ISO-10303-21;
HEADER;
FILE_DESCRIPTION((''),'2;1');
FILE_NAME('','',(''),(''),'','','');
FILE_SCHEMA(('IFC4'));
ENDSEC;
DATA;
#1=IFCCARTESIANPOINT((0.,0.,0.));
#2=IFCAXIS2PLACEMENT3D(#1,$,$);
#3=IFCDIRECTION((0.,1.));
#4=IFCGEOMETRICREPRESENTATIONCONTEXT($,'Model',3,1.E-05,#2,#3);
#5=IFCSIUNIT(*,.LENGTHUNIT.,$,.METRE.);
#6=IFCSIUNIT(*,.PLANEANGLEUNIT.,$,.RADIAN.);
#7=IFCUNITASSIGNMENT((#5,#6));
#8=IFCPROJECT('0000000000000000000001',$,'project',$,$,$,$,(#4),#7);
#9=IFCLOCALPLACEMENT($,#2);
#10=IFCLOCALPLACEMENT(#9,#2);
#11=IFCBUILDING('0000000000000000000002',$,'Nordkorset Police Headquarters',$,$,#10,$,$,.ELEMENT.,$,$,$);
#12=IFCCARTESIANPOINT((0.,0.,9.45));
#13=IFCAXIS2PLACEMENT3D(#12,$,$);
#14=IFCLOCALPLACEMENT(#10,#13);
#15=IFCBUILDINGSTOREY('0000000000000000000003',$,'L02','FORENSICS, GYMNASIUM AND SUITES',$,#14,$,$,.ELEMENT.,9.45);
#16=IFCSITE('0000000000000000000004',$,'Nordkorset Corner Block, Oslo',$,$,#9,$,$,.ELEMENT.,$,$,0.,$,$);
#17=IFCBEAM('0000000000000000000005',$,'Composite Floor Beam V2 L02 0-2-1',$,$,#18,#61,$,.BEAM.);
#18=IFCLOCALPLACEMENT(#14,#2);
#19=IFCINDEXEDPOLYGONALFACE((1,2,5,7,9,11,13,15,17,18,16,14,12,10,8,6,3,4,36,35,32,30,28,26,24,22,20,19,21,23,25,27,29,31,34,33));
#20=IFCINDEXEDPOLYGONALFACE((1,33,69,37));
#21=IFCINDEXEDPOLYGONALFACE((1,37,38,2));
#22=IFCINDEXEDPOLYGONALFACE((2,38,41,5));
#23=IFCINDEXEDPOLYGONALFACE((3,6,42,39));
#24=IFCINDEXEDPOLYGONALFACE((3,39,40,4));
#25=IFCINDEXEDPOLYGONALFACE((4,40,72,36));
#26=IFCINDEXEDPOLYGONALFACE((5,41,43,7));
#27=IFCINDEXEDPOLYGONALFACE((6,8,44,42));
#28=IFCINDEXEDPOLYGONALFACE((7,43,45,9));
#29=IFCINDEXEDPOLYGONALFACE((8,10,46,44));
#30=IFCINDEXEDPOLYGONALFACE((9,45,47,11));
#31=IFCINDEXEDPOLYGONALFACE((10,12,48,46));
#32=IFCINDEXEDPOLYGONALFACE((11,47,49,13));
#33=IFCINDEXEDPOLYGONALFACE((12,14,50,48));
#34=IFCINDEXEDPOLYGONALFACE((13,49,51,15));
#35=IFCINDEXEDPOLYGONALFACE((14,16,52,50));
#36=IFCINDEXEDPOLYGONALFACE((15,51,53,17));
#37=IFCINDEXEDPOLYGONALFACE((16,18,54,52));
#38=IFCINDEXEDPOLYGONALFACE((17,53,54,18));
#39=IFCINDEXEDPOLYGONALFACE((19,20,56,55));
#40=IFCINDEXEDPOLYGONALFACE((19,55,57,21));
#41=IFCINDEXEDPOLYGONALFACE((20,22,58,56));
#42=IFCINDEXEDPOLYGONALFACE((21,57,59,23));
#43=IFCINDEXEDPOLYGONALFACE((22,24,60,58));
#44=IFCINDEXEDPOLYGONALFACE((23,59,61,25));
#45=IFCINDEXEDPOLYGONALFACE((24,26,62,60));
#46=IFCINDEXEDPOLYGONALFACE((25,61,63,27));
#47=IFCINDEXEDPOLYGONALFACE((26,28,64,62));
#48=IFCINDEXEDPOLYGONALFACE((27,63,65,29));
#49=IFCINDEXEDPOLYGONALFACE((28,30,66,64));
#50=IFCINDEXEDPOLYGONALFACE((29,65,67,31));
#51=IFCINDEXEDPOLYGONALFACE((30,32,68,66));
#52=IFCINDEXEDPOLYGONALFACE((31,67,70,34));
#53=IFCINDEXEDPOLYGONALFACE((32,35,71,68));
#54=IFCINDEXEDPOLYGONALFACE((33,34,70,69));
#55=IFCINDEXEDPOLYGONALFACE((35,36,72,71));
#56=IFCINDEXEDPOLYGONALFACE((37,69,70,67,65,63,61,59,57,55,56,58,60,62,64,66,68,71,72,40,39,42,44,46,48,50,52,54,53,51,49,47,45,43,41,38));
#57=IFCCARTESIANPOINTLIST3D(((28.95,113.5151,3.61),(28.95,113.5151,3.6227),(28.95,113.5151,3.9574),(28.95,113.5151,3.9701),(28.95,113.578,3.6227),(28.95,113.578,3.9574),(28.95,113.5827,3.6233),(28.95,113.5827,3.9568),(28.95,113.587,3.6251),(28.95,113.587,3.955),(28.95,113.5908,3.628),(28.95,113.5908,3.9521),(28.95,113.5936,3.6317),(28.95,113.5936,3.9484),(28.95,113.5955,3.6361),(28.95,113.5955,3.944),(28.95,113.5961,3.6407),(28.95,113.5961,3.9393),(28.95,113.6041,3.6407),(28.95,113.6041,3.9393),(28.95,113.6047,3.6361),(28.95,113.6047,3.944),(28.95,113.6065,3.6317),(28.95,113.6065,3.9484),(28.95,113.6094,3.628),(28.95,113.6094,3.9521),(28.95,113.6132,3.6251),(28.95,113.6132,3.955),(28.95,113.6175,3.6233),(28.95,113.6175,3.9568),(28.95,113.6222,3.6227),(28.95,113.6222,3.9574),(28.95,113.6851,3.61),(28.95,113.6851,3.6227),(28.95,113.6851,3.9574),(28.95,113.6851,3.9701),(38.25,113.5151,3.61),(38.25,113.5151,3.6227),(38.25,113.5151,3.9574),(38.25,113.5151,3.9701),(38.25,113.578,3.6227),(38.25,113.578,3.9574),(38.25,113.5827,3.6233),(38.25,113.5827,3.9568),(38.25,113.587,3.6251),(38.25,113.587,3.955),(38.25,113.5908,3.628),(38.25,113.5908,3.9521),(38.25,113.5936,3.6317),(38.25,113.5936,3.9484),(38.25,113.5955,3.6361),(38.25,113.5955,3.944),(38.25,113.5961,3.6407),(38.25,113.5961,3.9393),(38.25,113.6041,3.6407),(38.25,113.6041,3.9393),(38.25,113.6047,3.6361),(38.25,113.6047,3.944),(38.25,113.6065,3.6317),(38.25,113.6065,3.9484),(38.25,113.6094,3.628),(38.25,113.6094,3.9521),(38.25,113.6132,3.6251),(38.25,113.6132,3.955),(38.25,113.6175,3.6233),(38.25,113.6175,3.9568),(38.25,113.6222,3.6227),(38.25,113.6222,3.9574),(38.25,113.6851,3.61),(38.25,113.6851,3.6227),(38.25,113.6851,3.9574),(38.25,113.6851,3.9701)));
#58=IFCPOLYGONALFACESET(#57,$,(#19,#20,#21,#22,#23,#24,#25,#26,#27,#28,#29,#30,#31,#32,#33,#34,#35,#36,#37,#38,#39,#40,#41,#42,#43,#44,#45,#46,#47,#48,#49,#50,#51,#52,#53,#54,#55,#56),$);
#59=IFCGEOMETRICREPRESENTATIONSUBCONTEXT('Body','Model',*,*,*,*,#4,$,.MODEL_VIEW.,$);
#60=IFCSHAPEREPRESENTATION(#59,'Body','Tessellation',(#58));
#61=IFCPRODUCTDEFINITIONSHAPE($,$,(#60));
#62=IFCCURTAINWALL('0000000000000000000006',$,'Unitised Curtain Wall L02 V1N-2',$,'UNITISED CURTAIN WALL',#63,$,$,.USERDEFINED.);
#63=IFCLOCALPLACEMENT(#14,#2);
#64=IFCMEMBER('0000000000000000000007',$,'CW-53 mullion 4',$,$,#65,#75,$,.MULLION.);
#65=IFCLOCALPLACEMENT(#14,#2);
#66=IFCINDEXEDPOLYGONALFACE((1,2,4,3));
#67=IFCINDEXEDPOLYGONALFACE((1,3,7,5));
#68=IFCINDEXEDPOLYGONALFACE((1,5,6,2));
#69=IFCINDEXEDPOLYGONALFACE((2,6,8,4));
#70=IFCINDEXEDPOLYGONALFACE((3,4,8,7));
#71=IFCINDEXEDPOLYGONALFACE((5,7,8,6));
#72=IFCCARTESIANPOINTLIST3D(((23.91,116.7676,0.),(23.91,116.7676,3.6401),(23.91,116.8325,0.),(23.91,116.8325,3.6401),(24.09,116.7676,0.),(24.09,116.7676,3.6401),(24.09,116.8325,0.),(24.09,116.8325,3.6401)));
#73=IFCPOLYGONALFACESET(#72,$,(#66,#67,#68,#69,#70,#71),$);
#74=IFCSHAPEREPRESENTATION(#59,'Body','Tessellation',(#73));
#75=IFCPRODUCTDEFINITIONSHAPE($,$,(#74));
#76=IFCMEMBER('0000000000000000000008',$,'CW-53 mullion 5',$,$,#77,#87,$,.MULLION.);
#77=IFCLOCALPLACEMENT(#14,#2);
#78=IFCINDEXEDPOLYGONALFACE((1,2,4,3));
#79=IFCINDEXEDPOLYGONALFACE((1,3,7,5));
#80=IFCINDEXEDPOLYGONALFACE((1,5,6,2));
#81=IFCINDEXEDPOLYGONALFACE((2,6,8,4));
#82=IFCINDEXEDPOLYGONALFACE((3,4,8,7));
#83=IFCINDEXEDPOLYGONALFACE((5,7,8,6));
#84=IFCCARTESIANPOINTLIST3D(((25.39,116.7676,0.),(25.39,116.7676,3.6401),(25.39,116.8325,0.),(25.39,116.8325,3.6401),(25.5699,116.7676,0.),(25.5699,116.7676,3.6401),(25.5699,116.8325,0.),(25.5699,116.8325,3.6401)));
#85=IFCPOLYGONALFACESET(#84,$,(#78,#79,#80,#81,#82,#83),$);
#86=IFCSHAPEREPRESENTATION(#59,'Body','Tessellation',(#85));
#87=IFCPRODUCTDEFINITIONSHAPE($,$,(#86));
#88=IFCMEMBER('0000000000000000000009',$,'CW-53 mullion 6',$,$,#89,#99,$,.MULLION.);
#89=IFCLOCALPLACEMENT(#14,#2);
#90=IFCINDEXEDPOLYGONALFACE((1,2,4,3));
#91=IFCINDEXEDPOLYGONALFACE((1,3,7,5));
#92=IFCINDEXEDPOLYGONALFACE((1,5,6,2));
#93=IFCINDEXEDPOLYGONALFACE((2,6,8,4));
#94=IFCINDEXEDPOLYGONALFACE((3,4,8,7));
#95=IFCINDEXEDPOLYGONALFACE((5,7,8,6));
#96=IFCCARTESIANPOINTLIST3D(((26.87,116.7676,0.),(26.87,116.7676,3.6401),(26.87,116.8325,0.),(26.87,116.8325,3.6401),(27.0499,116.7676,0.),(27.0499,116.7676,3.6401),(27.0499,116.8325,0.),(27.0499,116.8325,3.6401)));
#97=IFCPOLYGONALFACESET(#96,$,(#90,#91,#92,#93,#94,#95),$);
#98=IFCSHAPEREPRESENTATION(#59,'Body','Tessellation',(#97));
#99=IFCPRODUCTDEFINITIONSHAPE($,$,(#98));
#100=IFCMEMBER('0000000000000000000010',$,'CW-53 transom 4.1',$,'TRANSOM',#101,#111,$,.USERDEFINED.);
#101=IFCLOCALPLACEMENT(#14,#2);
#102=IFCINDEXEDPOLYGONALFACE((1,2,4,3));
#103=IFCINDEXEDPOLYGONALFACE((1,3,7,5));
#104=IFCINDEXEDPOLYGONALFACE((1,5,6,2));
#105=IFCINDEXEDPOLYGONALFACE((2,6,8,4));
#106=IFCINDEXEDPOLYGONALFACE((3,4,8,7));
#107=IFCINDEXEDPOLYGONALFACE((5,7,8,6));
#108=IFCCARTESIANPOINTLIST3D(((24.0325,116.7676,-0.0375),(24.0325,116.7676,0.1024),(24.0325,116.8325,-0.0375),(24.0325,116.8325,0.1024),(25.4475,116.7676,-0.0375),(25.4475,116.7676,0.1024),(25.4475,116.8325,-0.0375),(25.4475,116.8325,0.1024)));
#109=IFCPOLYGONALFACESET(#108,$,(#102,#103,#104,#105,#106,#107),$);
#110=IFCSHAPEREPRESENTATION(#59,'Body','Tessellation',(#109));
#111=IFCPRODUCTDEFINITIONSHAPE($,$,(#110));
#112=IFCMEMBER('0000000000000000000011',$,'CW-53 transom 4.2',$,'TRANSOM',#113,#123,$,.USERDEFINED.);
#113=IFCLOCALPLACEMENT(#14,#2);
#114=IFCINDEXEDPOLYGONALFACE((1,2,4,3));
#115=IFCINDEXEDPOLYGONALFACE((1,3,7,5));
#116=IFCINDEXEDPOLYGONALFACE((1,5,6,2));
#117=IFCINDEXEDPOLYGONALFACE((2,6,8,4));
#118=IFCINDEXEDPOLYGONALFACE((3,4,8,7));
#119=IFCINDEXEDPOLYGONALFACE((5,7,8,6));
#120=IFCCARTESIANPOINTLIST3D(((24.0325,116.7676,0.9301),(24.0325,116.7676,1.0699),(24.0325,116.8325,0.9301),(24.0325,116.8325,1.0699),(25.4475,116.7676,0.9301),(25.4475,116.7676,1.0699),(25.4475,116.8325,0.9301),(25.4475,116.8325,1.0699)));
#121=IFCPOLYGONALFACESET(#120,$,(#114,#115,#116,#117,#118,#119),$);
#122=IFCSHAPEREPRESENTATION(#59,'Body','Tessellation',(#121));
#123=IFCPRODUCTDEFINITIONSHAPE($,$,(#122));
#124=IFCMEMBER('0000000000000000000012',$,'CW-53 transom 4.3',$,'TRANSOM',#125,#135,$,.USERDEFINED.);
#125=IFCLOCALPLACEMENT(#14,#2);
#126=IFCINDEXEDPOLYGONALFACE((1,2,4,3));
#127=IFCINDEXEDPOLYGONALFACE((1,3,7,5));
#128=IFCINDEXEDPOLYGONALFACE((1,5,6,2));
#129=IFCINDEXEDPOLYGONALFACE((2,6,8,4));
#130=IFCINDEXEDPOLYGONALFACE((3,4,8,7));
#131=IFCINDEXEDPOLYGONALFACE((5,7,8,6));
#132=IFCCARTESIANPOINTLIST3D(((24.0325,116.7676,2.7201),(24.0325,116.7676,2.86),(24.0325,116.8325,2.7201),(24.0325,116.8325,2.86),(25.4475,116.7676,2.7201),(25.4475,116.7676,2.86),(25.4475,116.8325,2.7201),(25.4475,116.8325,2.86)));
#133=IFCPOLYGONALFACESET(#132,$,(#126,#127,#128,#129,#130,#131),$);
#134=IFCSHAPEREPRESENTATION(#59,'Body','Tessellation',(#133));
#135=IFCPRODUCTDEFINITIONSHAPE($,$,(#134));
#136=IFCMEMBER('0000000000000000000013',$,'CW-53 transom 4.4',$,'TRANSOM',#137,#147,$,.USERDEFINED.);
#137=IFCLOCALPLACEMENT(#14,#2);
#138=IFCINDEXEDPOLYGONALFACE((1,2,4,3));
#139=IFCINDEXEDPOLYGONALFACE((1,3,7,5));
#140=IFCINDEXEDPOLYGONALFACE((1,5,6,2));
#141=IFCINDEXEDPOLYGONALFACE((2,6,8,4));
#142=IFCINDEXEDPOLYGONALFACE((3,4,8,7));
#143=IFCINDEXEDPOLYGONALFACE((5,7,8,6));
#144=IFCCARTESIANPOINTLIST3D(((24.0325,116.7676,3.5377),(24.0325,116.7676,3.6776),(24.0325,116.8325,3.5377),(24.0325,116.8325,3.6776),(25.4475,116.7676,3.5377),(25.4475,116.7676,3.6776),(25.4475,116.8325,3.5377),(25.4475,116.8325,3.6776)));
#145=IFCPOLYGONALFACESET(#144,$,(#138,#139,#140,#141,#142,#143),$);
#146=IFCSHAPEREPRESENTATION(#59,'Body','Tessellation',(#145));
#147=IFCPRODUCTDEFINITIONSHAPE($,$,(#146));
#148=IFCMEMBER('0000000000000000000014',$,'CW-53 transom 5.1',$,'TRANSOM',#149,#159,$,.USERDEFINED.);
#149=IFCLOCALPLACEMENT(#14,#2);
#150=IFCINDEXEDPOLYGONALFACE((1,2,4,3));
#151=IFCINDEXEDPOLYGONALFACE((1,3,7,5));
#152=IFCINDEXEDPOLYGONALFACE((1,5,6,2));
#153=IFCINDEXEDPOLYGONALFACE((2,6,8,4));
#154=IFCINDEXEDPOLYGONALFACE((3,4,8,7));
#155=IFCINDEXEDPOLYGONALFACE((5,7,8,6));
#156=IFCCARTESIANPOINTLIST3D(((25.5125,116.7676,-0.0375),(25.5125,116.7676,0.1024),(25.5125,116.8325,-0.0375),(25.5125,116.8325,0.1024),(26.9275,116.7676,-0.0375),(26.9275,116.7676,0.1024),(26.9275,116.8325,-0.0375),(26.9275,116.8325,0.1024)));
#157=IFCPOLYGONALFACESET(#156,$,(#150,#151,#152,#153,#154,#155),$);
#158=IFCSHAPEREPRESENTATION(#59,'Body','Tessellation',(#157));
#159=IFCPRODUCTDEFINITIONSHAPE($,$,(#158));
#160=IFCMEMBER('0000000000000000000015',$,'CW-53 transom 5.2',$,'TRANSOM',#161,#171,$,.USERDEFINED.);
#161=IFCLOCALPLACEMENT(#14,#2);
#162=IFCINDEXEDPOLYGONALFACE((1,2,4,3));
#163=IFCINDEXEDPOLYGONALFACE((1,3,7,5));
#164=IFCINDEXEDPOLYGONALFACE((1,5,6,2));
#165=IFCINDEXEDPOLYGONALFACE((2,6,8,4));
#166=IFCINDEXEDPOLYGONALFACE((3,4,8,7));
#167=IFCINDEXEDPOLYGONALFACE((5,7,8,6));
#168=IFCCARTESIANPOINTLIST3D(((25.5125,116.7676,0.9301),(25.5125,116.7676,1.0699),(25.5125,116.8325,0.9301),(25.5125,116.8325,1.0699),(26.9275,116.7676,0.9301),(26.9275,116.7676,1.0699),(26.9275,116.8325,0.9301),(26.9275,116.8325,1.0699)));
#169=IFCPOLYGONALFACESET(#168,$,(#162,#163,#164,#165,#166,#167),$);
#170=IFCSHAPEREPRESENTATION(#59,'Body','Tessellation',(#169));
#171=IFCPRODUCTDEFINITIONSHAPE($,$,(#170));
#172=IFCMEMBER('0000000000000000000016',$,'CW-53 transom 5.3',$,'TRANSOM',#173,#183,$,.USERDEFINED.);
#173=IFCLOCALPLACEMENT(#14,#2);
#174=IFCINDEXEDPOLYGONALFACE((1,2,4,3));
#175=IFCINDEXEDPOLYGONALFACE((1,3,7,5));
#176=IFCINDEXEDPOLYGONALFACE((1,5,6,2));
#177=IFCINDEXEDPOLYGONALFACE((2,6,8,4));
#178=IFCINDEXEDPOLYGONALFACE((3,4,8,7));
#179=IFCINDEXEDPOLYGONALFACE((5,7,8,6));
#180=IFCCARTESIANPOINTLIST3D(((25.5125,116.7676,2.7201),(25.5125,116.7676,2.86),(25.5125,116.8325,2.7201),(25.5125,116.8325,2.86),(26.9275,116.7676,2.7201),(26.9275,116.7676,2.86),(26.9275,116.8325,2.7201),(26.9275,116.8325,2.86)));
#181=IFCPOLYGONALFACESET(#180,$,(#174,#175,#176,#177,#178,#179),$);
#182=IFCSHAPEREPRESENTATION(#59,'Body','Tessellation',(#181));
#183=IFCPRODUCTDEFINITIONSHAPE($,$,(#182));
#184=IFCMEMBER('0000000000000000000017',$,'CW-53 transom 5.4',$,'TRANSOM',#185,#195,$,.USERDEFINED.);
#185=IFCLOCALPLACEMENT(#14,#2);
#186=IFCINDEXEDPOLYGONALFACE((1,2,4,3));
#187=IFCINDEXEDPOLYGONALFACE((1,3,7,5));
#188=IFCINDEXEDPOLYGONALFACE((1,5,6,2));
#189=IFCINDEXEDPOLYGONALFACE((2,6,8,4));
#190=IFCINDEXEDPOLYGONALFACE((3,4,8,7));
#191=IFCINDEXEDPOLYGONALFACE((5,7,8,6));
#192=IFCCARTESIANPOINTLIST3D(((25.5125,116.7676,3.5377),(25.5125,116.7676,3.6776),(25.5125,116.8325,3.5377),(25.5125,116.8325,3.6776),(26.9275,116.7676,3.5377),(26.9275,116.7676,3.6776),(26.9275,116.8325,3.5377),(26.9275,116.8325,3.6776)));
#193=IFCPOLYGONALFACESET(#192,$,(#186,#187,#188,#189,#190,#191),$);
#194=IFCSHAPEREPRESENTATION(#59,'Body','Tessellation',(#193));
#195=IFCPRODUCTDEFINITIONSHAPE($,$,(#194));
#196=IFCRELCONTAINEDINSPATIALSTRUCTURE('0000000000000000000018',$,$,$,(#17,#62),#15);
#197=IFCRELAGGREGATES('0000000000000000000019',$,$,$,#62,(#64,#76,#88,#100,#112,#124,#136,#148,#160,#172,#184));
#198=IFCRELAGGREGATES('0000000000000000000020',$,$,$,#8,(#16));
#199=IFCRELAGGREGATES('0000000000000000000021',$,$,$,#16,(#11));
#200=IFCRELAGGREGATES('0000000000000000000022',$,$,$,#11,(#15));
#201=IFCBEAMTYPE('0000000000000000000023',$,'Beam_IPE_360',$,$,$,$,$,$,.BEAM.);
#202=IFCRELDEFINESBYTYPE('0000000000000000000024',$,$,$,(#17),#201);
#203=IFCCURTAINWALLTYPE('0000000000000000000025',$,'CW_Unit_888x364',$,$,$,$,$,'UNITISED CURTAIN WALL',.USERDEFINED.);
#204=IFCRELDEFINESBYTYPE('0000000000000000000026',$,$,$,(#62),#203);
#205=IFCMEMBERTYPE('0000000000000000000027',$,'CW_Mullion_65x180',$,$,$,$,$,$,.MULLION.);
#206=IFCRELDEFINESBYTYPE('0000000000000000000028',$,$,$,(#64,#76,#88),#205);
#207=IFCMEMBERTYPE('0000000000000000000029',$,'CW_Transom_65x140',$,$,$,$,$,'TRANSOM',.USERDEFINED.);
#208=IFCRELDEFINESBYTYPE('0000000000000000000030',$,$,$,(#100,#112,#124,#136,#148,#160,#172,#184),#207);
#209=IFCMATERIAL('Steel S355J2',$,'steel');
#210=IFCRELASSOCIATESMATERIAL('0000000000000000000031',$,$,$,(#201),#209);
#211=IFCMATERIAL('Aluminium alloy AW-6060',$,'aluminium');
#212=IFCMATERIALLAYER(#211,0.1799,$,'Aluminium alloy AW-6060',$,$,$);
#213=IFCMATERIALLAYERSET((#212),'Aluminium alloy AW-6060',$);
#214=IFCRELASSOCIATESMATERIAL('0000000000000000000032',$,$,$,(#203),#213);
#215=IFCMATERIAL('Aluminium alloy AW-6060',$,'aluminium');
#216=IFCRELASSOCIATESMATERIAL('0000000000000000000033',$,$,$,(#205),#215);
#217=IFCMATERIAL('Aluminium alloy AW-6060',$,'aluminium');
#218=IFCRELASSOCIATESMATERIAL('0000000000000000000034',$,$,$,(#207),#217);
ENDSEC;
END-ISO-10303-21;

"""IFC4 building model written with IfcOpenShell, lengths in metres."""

from ifc_helpers import new_model, si_unit, direction, frame, origin, origin_2d, place, context, subcontext, project, spatial, rectangle, i_section, extrude, material, layer, layer_set, material_profile, profile_set, type_object, element, aggregate, save


model = new_model("IFC4")

# Units and contexts
model_context = context("Model", 3, precision=1e-05, world=origin(), true_north=direction((0.0, 1.0)))
body_context = subcontext(model_context, "Body", "Model", "MODEL_VIEW")
ifc_project = project(units=[si_unit("LENGTHUNIT", "METRE"), si_unit("PLANEANGLEUNIT", "RADIAN")], contexts=[model_context])

# Site, building, storey
site_placement = place(None, origin())
site = spatial("IfcSite", under=ifc_project, at=site_placement, Name="Nordkorset Corner Block, Oslo", CompositionType="ELEMENT", RefElevation=0.0)
building_placement = place(site_placement, origin())
building = spatial("IfcBuilding", under=site, at=building_placement, Name="Nordkorset Police Headquarters", CompositionType="ELEMENT")
storey_placement = place(building_placement, frame((0.0, 0.0, 9.45)))
storey = spatial("IfcBuildingStorey", under=building, at=storey_placement, Name="L02", Description="FORENSICS, GYMNASIUM AND SUITES", CompositionType="ELEMENT", Elevation=9.45)

# Beam
ifc_material_1 = material(Name="Steel S355J2", Category="steel")
ifc_material_profile_1 = material_profile(ifc_material_1, i_section(OverallWidth=0.1699, OverallDepth=0.3601, WebThickness=0.0081, FlangeThickness=0.0127, FilletRadius=0.0181, at=origin_2d()), Name="IPE 360")
ifc_profile_set_1 = profile_set([ifc_material_profile_1], Name="Steel S355J2")
beam_type_1 = type_object("IfcBeamType", Name="Beam_IPE_360", PredefinedType="BEAM", material=ifc_profile_set_1)
beam_1_placement = place(storey_placement, frame((28.95, 113.6001, 3.79), z_axis=(1.0, 0.0, 0.0), x_axis=(0.0, 1.0, 0.0)))
element("IfcBeam", 1, at=beam_1_placement, inside=storey, type_object=beam_type_1, Name="Composite Floor Beam V2 L02 0-2-1", PredefinedType="BEAM", context=body_context, shape_type="SweptSolid", body=[
    extrude(i_section(OverallWidth=0.1699, OverallDepth=0.3601, WebThickness=0.0081, FlangeThickness=0.0127, FilletRadius=0.0181, at=origin_2d()), origin(), (0.0, 0.0, 1.0), 9.3),
])

# Curtain wall, members
ifc_material_2 = material(Name="Aluminium alloy AW-6060", Category="aluminium")
ifc_layer_1 = layer(ifc_material_2, 0.1799, Name="Aluminium alloy AW-6060")
ifc_layer_set_1 = layer_set([ifc_layer_1], Name="Aluminium alloy AW-6060")
curtain_wall_type = type_object("IfcCurtainWallType", Name="CW_Unit_888x364", ElementType="UNITISED CURTAIN WALL", PredefinedType="USERDEFINED", material=ifc_layer_set_1)
curtain_wall_placement = place(storey_placement, origin())
curtain_wall = element("IfcCurtainWall", 2, at=curtain_wall_placement, inside=storey, type_object=curtain_wall_type, Name="Unitised Curtain Wall L02 V1N-2", ObjectType="UNITISED CURTAIN WALL", PredefinedType="USERDEFINED")
ifc_material_3 = material(Name="Aluminium alloy AW-6060", Category="aluminium")
ifc_material_profile_2 = material_profile(ifc_material_3, rectangle(XDim=0.0649, YDim=0.1799, at=origin_2d()), Name="ALU MULL 65x180")
ifc_profile_set_2 = profile_set([ifc_material_profile_2], Name="Aluminium alloy AW-6060")
member_type_1 = type_object("IfcMemberType", Name="CW_Mullion_65x180", PredefinedType="MULLION", material=ifc_profile_set_2)
member_1_placement = place(storey_placement, frame((24.0, 116.8, 0.0), z_axis=(0.0, 0.0, 1.0), x_axis=(0.0, 1.0, 0.0)))
member_1 = element("IfcMember", 3, at=member_1_placement, type_object=member_type_1, Name="CW-53 mullion 4", PredefinedType="MULLION", context=body_context, shape_type="SweptSolid", body=[
    extrude(rectangle(XDim=0.0649, YDim=0.1799, at=origin_2d()), origin(), (0.0, 0.0, 1.0), 3.6401),
])
member_2_placement = place(storey_placement, frame((25.48, 116.8, 0.0), z_axis=(0.0, 0.0, 1.0), x_axis=(0.0, 1.0, 0.0)))
member_2 = element("IfcMember", 4, at=member_2_placement, type_object=member_type_1, Name="CW-53 mullion 5", PredefinedType="MULLION", context=body_context, shape_type="SweptSolid", body=[
    extrude(rectangle(XDim=0.0649, YDim=0.1799, at=origin_2d()), origin(), (0.0, 0.0, 1.0), 3.6401),
])
member_3_placement = place(storey_placement, frame((26.96, 116.8, 0.0), z_axis=(0.0, 0.0, 1.0), x_axis=(0.0, 1.0, 0.0)))
member_3 = element("IfcMember", 5, at=member_3_placement, type_object=member_type_1, Name="CW-53 mullion 6", PredefinedType="MULLION", context=body_context, shape_type="SweptSolid", body=[
    extrude(rectangle(XDim=0.0649, YDim=0.1799, at=origin_2d()), origin(), (0.0, 0.0, 1.0), 3.6401),
])
ifc_material_4 = material(Name="Aluminium alloy AW-6060", Category="aluminium")
ifc_material_profile_3 = material_profile(ifc_material_4, rectangle(XDim=0.0649, YDim=0.1399, at=origin_2d()), Name="ALU TRAN 65x140")
ifc_profile_set_3 = profile_set([ifc_material_profile_3], Name="Aluminium alloy AW-6060")
member_type_2 = type_object("IfcMemberType", Name="CW_Transom_65x140", ElementType="TRANSOM", PredefinedType="USERDEFINED", material=ifc_profile_set_3)
member_4_placement = place(storey_placement, frame((24.0325, 116.8, 0.0325), z_axis=(1.0, 0.0, 0.0), x_axis=(0.0, 1.0, 0.0)))
member_4 = element("IfcMember", 6, at=member_4_placement, type_object=member_type_2, Name="CW-53 transom 4.1", ObjectType="TRANSOM", PredefinedType="USERDEFINED", context=body_context, shape_type="SweptSolid", body=[
    extrude(rectangle(XDim=0.0649, YDim=0.1399, at=origin_2d()), origin(), (0.0, 0.0, 1.0), 1.415),
])
member_5_placement = place(storey_placement, frame((24.0325, 116.8, 1.0), z_axis=(1.0, 0.0, 0.0), x_axis=(0.0, 1.0, 0.0)))
member_5 = element("IfcMember", 7, at=member_5_placement, type_object=member_type_2, Name="CW-53 transom 4.2", ObjectType="TRANSOM", PredefinedType="USERDEFINED", context=body_context, shape_type="SweptSolid", body=[
    extrude(rectangle(XDim=0.0649, YDim=0.1399, at=origin_2d()), origin(), (0.0, 0.0, 1.0), 1.415),
])
member_6_placement = place(storey_placement, frame((24.0325, 116.8, 2.79), z_axis=(1.0, 0.0, 0.0), x_axis=(0.0, 1.0, 0.0)))
member_6 = element("IfcMember", 8, at=member_6_placement, type_object=member_type_2, Name="CW-53 transom 4.3", ObjectType="TRANSOM", PredefinedType="USERDEFINED", context=body_context, shape_type="SweptSolid", body=[
    extrude(rectangle(XDim=0.0649, YDim=0.1399, at=origin_2d()), origin(), (0.0, 0.0, 1.0), 1.415),
])
member_7_placement = place(storey_placement, frame((24.0325, 116.8, 3.6077), z_axis=(1.0, 0.0, 0.0), x_axis=(0.0, 1.0, 0.0)))
member_7 = element("IfcMember", 9, at=member_7_placement, type_object=member_type_2, Name="CW-53 transom 4.4", ObjectType="TRANSOM", PredefinedType="USERDEFINED", context=body_context, shape_type="SweptSolid", body=[
    extrude(rectangle(XDim=0.0649, YDim=0.1399, at=origin_2d()), origin(), (0.0, 0.0, 1.0), 1.415),
])
member_8_placement = place(storey_placement, frame((25.5125, 116.8, 0.0325), z_axis=(1.0, 0.0, 0.0), x_axis=(0.0, 1.0, 0.0)))
member_8 = element("IfcMember", 10, at=member_8_placement, type_object=member_type_2, Name="CW-53 transom 5.1", ObjectType="TRANSOM", PredefinedType="USERDEFINED", context=body_context, shape_type="SweptSolid", body=[
    extrude(rectangle(XDim=0.0649, YDim=0.1399, at=origin_2d()), origin(), (0.0, 0.0, 1.0), 1.415),
])
member_9_placement = place(storey_placement, frame((25.5125, 116.8, 1.0), z_axis=(1.0, 0.0, 0.0), x_axis=(0.0, 1.0, 0.0)))
member_9 = element("IfcMember", 11, at=member_9_placement, type_object=member_type_2, Name="CW-53 transom 5.2", ObjectType="TRANSOM", PredefinedType="USERDEFINED", context=body_context, shape_type="SweptSolid", body=[
    extrude(rectangle(XDim=0.0649, YDim=0.1399, at=origin_2d()), origin(), (0.0, 0.0, 1.0), 1.415),
])
member_10_placement = place(storey_placement, frame((25.5125, 116.8, 2.79), z_axis=(1.0, 0.0, 0.0), x_axis=(0.0, 1.0, 0.0)))
member_10 = element("IfcMember", 12, at=member_10_placement, type_object=member_type_2, Name="CW-53 transom 5.3", ObjectType="TRANSOM", PredefinedType="USERDEFINED", context=body_context, shape_type="SweptSolid", body=[
    extrude(rectangle(XDim=0.0649, YDim=0.1399, at=origin_2d()), origin(), (0.0, 0.0, 1.0), 1.415),
])
member_11_placement = place(storey_placement, frame((25.5125, 116.8, 3.6077), z_axis=(1.0, 0.0, 0.0), x_axis=(0.0, 1.0, 0.0)))
member_11 = element("IfcMember", 13, at=member_11_placement, type_object=member_type_2, Name="CW-53 transom 5.4", ObjectType="TRANSOM", PredefinedType="USERDEFINED", context=body_context, shape_type="SweptSolid", body=[
    extrude(rectangle(XDim=0.0649, YDim=0.1399, at=origin_2d()), origin(), (0.0, 0.0, 1.0), 1.415),
])

aggregate(curtain_wall, [member_1, member_2, member_3, member_4, member_5, member_6, member_7, member_8, member_9, member_10, member_11])

save(model, "model.ifc")
